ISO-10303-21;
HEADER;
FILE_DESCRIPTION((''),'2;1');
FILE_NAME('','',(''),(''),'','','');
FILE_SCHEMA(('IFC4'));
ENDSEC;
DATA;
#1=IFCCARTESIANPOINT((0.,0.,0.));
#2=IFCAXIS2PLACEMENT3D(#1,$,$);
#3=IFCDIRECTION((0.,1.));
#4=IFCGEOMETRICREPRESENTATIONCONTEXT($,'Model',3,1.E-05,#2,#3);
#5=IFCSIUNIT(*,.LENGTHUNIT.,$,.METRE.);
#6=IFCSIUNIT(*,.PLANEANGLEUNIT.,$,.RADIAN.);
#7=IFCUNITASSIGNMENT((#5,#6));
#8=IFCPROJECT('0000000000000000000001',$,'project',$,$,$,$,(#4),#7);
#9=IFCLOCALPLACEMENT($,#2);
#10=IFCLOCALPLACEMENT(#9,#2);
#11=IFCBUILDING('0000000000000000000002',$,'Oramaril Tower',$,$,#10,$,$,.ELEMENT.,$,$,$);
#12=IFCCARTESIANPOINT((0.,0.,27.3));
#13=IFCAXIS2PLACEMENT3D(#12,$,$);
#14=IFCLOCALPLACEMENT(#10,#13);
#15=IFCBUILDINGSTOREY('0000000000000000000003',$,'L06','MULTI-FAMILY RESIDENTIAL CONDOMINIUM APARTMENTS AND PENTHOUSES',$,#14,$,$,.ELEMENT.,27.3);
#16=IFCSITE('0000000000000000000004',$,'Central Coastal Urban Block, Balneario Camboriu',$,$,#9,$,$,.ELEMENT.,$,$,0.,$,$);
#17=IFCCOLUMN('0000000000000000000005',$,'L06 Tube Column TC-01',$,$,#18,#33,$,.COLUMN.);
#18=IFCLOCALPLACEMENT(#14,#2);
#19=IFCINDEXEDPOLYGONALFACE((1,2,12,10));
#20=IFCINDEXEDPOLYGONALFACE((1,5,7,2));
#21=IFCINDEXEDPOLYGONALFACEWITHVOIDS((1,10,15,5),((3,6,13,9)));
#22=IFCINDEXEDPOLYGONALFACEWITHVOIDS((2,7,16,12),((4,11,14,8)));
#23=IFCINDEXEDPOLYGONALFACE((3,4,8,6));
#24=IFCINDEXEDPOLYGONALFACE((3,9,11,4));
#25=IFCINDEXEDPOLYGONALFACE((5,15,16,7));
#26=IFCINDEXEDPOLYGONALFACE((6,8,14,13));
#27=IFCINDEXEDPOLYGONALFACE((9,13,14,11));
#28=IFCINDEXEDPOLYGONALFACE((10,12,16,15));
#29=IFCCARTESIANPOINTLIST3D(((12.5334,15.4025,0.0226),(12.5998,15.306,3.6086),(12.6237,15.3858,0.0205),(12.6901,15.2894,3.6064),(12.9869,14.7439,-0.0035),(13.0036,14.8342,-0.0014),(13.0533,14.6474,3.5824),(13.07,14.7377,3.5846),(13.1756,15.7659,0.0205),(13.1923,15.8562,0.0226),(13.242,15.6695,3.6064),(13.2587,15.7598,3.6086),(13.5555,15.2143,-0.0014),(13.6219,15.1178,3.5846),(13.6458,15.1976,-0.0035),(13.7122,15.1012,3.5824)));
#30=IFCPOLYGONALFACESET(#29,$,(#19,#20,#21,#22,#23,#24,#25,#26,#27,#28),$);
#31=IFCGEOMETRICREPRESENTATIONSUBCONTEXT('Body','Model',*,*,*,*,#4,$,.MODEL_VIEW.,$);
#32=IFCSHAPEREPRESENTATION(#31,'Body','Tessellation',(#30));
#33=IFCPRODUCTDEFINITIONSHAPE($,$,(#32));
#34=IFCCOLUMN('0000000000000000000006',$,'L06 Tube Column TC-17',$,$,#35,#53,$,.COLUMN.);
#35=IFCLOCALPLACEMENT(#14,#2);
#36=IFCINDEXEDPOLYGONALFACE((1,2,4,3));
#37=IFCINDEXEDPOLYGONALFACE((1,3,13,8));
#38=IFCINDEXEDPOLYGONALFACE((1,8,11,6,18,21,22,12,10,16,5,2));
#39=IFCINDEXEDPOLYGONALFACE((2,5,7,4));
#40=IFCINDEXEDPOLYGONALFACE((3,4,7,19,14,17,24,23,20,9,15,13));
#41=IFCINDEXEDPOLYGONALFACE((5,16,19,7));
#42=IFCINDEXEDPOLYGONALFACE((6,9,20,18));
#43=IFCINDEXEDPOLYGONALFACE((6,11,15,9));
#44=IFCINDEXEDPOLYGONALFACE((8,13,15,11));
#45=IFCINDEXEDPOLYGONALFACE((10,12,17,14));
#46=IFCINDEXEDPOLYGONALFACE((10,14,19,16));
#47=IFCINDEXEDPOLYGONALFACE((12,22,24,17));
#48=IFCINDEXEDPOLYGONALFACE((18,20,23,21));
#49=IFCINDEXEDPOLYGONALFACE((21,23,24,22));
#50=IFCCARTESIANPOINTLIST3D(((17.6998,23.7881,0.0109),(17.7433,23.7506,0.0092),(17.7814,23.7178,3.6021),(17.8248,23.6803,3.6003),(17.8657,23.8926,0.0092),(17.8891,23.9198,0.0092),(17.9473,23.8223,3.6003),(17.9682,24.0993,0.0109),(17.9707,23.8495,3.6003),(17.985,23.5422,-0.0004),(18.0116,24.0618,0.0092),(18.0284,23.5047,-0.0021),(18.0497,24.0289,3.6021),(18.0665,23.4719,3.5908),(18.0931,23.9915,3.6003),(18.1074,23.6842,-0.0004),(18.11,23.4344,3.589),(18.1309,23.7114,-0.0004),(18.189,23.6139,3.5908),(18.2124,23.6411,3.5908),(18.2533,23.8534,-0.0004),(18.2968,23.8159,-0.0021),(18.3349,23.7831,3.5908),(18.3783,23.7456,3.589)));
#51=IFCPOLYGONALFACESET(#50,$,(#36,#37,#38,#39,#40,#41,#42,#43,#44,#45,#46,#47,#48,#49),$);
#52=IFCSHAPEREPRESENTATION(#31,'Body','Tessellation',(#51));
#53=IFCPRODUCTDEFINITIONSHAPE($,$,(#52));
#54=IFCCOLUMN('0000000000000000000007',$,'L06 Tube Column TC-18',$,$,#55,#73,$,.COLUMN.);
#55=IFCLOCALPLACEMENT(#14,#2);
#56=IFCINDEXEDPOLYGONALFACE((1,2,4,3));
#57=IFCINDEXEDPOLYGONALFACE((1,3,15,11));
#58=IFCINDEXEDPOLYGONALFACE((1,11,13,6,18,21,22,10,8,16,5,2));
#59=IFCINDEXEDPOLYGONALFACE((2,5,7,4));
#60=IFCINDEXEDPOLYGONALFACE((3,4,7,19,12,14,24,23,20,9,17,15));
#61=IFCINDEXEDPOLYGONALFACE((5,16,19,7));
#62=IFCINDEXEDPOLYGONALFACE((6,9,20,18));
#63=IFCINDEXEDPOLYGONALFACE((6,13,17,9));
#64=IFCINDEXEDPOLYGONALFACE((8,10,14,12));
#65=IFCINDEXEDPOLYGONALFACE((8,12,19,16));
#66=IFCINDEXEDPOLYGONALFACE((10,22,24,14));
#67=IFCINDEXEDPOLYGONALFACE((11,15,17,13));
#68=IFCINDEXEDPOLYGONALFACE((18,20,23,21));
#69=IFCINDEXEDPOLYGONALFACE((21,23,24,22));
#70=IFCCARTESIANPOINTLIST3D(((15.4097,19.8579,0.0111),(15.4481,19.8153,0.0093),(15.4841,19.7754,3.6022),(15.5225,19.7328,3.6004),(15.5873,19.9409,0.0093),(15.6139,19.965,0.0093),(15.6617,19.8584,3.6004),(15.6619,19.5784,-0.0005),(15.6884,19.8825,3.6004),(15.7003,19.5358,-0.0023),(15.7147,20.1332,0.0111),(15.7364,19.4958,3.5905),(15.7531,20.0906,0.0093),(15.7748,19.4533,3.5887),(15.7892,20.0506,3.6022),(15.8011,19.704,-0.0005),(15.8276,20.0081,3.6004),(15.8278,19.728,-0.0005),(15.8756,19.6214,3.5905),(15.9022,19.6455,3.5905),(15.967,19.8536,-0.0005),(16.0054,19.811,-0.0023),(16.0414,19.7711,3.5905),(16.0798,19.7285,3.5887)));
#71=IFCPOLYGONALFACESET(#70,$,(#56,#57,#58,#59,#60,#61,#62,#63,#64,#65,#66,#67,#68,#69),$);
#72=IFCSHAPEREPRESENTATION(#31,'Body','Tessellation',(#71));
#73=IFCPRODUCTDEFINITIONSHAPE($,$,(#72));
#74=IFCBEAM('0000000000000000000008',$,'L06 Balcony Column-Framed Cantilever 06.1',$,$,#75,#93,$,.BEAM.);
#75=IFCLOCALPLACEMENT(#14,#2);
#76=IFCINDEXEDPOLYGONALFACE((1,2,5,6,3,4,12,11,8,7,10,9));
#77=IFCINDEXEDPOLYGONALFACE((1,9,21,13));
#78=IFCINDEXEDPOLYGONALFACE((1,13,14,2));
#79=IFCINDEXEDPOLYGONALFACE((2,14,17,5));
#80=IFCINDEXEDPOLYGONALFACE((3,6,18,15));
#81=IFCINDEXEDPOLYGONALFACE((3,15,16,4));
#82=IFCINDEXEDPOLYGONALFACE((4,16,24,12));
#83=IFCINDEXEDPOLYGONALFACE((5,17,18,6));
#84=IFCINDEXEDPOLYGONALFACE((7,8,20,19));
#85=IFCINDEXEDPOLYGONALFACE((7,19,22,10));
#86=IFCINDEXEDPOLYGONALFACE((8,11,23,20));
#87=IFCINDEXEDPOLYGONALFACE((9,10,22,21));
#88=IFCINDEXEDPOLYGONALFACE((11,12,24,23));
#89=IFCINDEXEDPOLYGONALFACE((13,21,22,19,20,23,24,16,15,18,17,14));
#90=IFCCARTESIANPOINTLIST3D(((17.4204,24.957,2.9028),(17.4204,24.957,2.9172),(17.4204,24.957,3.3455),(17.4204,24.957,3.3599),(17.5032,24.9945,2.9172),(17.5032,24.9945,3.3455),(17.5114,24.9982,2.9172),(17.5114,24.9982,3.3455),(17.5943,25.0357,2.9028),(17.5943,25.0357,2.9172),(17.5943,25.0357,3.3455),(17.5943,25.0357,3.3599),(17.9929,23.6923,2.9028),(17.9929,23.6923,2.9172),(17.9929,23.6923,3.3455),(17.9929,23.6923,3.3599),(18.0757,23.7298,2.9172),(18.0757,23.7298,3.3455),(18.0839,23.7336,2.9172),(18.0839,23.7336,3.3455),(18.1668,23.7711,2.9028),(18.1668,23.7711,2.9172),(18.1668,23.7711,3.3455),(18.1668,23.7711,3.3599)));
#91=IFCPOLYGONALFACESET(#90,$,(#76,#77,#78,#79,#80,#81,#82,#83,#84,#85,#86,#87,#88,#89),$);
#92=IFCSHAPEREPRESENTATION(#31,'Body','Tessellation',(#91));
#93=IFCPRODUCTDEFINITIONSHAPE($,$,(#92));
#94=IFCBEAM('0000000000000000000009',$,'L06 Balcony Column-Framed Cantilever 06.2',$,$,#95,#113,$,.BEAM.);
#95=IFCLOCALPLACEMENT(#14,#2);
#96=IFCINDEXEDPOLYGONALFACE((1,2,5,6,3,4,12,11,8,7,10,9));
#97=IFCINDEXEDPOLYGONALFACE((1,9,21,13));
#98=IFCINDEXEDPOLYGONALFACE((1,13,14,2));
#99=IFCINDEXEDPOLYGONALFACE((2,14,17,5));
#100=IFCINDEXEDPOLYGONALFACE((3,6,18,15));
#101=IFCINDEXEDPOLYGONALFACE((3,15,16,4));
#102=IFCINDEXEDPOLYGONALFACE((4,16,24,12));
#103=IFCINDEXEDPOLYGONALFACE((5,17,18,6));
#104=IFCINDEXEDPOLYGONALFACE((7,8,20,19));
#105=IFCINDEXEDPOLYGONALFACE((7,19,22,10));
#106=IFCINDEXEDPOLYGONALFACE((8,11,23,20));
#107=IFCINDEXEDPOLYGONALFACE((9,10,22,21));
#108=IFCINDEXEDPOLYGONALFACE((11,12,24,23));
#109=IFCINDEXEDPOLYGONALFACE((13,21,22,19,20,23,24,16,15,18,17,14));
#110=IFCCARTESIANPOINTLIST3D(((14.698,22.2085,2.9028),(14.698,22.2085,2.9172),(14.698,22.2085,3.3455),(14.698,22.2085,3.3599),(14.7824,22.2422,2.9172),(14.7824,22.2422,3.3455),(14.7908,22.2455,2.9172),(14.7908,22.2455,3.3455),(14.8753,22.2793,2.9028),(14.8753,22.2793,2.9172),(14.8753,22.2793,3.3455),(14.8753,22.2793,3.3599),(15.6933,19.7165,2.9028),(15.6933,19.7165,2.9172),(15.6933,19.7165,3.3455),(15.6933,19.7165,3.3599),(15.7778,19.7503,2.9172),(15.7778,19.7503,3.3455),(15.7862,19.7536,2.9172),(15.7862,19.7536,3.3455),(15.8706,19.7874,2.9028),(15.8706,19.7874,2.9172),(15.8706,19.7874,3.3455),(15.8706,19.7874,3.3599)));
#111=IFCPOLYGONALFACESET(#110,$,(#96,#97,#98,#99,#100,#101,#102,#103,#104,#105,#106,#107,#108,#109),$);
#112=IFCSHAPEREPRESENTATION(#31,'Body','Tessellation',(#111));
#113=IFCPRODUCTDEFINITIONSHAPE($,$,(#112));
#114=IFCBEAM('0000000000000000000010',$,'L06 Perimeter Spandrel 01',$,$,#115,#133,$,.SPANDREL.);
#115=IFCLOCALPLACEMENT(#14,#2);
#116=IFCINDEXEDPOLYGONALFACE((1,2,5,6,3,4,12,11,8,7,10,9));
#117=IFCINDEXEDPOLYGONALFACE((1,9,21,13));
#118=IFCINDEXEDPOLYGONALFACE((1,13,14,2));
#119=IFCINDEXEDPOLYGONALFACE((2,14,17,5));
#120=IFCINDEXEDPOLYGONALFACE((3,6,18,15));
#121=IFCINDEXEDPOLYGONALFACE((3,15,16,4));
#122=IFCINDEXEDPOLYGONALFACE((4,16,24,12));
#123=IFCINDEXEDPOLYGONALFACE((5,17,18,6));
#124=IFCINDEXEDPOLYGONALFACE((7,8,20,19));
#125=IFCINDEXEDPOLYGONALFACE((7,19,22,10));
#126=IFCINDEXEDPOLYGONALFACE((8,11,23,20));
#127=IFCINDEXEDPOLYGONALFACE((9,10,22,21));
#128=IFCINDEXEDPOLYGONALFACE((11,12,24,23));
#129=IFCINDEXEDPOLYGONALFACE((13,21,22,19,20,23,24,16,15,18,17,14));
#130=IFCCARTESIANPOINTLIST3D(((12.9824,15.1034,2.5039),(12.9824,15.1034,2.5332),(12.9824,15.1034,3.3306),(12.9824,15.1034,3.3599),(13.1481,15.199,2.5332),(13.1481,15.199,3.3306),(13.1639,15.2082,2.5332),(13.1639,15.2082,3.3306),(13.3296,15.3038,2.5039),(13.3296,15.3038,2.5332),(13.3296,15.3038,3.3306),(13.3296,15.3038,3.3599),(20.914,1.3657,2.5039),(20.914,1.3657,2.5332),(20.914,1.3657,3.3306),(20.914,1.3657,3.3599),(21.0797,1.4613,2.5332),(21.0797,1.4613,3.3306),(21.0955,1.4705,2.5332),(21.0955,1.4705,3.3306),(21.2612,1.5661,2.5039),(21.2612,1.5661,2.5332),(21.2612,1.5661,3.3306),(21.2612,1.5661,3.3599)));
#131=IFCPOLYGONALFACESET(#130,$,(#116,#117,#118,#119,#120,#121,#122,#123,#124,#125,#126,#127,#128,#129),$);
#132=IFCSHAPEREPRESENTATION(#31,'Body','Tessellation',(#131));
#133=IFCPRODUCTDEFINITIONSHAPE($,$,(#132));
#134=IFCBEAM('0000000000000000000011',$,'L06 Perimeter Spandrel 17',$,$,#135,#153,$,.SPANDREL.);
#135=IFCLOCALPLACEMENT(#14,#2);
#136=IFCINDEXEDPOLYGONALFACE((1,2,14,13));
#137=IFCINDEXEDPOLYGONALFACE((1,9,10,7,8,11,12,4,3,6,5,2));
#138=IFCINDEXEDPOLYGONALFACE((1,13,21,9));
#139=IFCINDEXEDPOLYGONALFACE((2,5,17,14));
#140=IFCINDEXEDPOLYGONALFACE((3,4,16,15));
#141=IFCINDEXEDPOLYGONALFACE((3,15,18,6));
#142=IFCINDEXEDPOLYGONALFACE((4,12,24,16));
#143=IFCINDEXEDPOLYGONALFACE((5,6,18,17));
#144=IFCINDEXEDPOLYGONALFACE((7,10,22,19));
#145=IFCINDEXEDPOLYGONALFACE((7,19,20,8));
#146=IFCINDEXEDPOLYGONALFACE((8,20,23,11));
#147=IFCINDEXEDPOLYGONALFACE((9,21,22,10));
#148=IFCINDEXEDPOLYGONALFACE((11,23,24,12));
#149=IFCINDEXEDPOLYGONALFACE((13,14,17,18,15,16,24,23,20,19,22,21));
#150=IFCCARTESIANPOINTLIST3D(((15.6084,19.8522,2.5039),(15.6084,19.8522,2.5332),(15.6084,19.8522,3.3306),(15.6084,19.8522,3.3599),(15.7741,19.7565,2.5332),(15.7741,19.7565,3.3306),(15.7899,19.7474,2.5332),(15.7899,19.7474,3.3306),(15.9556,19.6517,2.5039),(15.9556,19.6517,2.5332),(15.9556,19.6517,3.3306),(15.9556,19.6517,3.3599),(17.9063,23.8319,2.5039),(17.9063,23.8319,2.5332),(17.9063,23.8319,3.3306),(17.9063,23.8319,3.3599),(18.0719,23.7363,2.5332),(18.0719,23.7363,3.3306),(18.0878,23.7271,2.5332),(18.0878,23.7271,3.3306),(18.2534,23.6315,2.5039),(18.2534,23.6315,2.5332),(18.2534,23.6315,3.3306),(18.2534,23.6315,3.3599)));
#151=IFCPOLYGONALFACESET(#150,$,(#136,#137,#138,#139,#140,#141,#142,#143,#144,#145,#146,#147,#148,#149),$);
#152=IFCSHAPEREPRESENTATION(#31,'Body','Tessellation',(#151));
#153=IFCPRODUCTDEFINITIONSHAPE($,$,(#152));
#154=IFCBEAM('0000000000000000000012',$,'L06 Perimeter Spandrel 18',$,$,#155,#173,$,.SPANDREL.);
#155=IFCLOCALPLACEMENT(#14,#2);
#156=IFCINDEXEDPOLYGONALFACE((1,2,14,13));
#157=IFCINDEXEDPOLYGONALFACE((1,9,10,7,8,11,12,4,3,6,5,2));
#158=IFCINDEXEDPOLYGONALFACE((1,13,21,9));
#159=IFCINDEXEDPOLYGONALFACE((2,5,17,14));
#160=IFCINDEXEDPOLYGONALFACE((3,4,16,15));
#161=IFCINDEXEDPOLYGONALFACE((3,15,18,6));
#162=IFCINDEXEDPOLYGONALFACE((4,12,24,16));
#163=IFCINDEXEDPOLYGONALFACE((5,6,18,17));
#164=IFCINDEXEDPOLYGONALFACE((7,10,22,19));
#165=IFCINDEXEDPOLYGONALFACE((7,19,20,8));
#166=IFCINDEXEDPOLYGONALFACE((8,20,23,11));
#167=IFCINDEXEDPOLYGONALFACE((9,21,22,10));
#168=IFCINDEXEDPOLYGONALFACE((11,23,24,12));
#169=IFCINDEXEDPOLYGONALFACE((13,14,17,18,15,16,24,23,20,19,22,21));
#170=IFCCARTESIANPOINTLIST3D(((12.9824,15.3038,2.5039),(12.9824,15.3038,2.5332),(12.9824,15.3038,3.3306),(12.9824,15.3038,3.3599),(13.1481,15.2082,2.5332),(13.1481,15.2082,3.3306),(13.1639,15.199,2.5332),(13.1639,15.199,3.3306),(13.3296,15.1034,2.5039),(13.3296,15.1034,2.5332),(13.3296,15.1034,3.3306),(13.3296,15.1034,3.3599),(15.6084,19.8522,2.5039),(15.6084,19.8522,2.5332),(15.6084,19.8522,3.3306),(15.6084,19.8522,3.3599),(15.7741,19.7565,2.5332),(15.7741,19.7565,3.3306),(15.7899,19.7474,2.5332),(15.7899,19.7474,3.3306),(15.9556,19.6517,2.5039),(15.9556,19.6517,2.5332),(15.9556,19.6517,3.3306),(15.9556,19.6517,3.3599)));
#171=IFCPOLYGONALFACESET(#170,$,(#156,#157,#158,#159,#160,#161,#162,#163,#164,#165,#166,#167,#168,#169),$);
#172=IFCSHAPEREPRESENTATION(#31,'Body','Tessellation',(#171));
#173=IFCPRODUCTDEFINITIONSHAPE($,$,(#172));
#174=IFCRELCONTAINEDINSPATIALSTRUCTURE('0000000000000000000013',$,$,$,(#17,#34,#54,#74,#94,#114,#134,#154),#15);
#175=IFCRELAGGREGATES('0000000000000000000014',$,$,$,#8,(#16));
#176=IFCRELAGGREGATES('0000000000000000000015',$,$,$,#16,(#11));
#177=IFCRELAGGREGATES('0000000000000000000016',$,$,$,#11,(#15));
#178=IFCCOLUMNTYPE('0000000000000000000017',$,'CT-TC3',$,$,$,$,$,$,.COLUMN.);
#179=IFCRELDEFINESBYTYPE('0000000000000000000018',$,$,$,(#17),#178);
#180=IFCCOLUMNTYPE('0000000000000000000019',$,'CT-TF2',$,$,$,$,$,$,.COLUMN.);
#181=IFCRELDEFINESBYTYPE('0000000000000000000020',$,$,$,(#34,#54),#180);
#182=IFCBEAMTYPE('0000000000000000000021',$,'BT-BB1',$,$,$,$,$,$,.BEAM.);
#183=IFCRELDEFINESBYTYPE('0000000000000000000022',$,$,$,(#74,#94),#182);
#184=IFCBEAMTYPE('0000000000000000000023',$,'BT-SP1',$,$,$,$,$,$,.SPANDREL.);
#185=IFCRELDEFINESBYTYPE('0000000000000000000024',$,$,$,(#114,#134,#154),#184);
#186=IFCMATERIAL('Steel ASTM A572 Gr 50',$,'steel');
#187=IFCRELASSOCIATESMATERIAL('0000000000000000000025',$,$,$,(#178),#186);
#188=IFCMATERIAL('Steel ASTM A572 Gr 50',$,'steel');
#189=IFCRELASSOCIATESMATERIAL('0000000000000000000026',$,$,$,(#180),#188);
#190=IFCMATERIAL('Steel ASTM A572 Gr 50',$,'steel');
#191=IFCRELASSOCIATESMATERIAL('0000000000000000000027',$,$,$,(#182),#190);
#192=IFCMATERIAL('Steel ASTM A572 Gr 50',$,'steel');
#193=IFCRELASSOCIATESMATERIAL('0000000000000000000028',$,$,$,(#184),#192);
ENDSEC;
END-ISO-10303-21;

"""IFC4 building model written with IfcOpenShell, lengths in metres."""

from ifc_helpers import new_model, si_unit, direction, frame, origin, origin_2d, place, context, subcontext, project, spatial, hollow_rectangle, i_section, extrude, material, material_profile, profile_set, type_object, element, save


model = new_model("IFC4")

# Units and contexts
model_context = context("Model", 3, precision=1e-05, world=origin(), true_north=direction((0.0, 1.0)))
body_context = subcontext(model_context, "Body", "Model", "MODEL_VIEW")
ifc_project = project(units=[si_unit("LENGTHUNIT", "METRE"), si_unit("PLANEANGLEUNIT", "RADIAN")], contexts=[model_context])

# Site, building, storey
site_placement = place(None, origin())
site = spatial("IfcSite", under=ifc_project, at=site_placement, Name="Central Coastal Urban Block, Balneario Camboriu", CompositionType="ELEMENT", RefElevation=0.0)
building_placement = place(site_placement, origin())
building = spatial("IfcBuilding", under=site, at=building_placement, Name="Oramaril Tower", CompositionType="ELEMENT")
storey_placement = place(building_placement, frame((0.0, 0.0, 27.3)))
storey = spatial("IfcBuildingStorey", under=building, at=storey_placement, Name="L06", Description="MULTI-FAMILY RESIDENTIAL CONDOMINIUM APARTMENTS AND PENTHOUSES", CompositionType="ELEMENT", Elevation=27.3)

# Columns
ifc_material_1 = material(Name="Steel ASTM A572 Gr 50", Category="steel")
ifc_material_profile_1 = material_profile(ifc_material_1, hollow_rectangle(XDim=0.8, YDim=0.8, WallThickness=0.0649, at=origin_2d()), Name="BOX800X800X65")
ifc_profile_set_1 = profile_set([ifc_material_profile_1], Name="Steel ASTM A572 Gr 50")
column_type_1 = type_object("IfcColumnType", Name="CT-TC3", PredefinedType="COLUMN", material=ifc_profile_set_1)
column_placement = place(storey_placement, frame((13.0896, 15.3, 0.0095), z_axis=(0.018509, -0.026878, 0.999467), x_axis=(0.823616, 0.567148, 0.0)))
element("IfcColumn", 1, at=column_placement, inside=storey, type_object=column_type_1, Name="L06 Tube Column TC-01", PredefinedType="COLUMN", context=body_context, shape_type="SweptSolid", body=[
    extrude(hollow_rectangle(XDim=0.8, YDim=0.8, WallThickness=0.0649, at=origin_2d()), origin(), (0.0, 0.0, 1.0), 3.5879),
])
ifc_material_2 = material(Name="Steel ASTM A572 Gr 50", Category="steel")
ifc_material_profile_2 = material_profile(ifc_material_2, i_section(OverallWidth=0.4109, OverallDepth=0.4341, WebThickness=0.0359, FlangeThickness=0.0574, at=origin_2d()), Name="W14X311")
ifc_profile_set_2 = profile_set([ifc_material_profile_2], Name="Steel ASTM A572 Gr 50")
column_type_2 = type_object("IfcColumnType", Name="CT-TF2", PredefinedType="COLUMN", material=ifc_profile_set_2)
for number, where, z_axis, x_axis, name in (
    (2, (17.9983, 23.802, 0.0044), (0.022697, -0.019571, 0.999551), (0.653029, 0.757333, 0.0), "L06 Tube Column TC-17"),
    (3, (15.7075, 19.8345, 0.0044), (0.020726, -0.022968, 0.999521), (0.74242, 0.669935, 0.0), "L06 Tube Column TC-18"),
):
    element("IfcColumn", number, at=place(storey_placement, frame(where, z_axis=z_axis, x_axis=x_axis)), inside=storey, type_object=column_type_2, Name=name, PredefinedType="COLUMN", context=body_context, shape_type="SweptSolid", body=[
        extrude(i_section(OverallWidth=0.4109, OverallDepth=0.4341, WebThickness=0.0359, FlangeThickness=0.0574, at=origin_2d()), origin(), (0.0, 0.0, 1.0), 3.5928),
    ])

# Beams
ifc_material_3 = material(Name="Steel ASTM A572 Gr 50", Category="steel")
ifc_material_profile_3 = material_profile(ifc_material_3, i_section(OverallWidth=0.1909, OverallDepth=0.457, WebThickness=0.009, FlangeThickness=0.0144, at=origin_2d()), Name="W18X50")
ifc_profile_set_3 = profile_set([ifc_material_profile_3], Name="Steel ASTM A572 Gr 50")
beam_type_1 = type_object("IfcBeamType", Name="BT-BB1", PredefinedType="BEAM", material=ifc_profile_set_3)
beam_1_placement = place(storey_placement, frame((18.0798, 23.7317, 3.1313), z_axis=(-0.412411, 0.910998, 0.0), x_axis=(-0.910998, -0.412411, 0.0)))
element("IfcBeam", 4, at=beam_1_placement, inside=storey, type_object=beam_type_1, Name="L06 Balcony Column-Framed Cantilever 06.1", PredefinedType="BEAM", context=body_context, shape_type="SweptSolid", body=[
    extrude(i_section(OverallWidth=0.1909, OverallDepth=0.457, WebThickness=0.009, FlangeThickness=0.0144, at=origin_2d()), origin(), (0.0, 0.0, 1.0), 1.3882),
])
beam_2_placement = place(storey_placement, frame((15.782, 19.752, 3.1313), z_axis=(-0.370936, 0.928659, 0.0), x_axis=(-0.928659, -0.370936, 0.0)))
element("IfcBeam", 5, at=beam_2_placement, inside=storey, type_object=beam_type_1, Name="L06 Balcony Column-Framed Cantilever 06.2", PredefinedType="BEAM", context=body_context, shape_type="SweptSolid", body=[
    extrude(i_section(OverallWidth=0.1909, OverallDepth=0.457, WebThickness=0.009, FlangeThickness=0.0144, at=origin_2d()), origin(), (0.0, 0.0, 1.0), 2.6833),
])
ifc_material_4 = material(Name="Steel ASTM A572 Gr 50", Category="steel")
ifc_material_profile_4 = material_profile(ifc_material_4, i_section(OverallWidth=0.4009, OverallDepth=0.856, WebThickness=0.0183, FlangeThickness=0.0293, at=origin_2d()), Name="W33X201")
ifc_profile_set_4 = profile_set([ifc_material_profile_4], Name="Steel ASTM A572 Gr 50")
beam_type_2 = type_object("IfcBeamType", Name="BT-SP1", PredefinedType="SPANDREL", material=ifc_profile_set_4)
beam_3_placement = place(storey_placement, frame((13.156, 15.2036, 2.9319), z_axis=(0.500006, -0.866022, 0.0), x_axis=(0.866022, 0.500006, 0.0)))
element("IfcBeam", 6, at=beam_3_placement, inside=storey, type_object=beam_type_2, Name="L06 Perimeter Spandrel 01", PredefinedType="SPANDREL", context=body_context, shape_type="SweptSolid", body=[
    extrude(i_section(OverallWidth=0.4009, OverallDepth=0.856, WebThickness=0.0183, FlangeThickness=0.0293, at=origin_2d()), origin(), (0.0, 0.0, 1.0), 15.863),
])
beam_4_placement = place(storey_placement, frame((18.0798, 23.7317, 2.9319), z_axis=(-0.500024, -0.866011, 0.0), x_axis=(0.866011, -0.500024, 0.0)))
element("IfcBeam", 7, at=beam_4_placement, inside=storey, type_object=beam_type_2, Name="L06 Perimeter Spandrel 17", PredefinedType="SPANDREL", context=body_context, shape_type="SweptSolid", body=[
    extrude(i_section(OverallWidth=0.4009, OverallDepth=0.856, WebThickness=0.0183, FlangeThickness=0.0293, at=origin_2d()), origin(), (0.0, 0.0, 1.0), 4.5955),
])
beam_5_placement = place(storey_placement, frame((15.782, 19.752, 2.9319), z_axis=(-0.499999, -0.866026, 0.0), x_axis=(0.866026, -0.499999, 0.0)))
element("IfcBeam", 8, at=beam_5_placement, inside=storey, type_object=beam_type_2, Name="L06 Perimeter Spandrel 18", PredefinedType="SPANDREL", context=body_context, shape_type="SweptSolid", body=[
    extrude(i_section(OverallWidth=0.4009, OverallDepth=0.856, WebThickness=0.0183, FlangeThickness=0.0293, at=origin_2d()), origin(), (0.0, 0.0, 1.0), 5.252),
])

save(model, "model.ifc")
